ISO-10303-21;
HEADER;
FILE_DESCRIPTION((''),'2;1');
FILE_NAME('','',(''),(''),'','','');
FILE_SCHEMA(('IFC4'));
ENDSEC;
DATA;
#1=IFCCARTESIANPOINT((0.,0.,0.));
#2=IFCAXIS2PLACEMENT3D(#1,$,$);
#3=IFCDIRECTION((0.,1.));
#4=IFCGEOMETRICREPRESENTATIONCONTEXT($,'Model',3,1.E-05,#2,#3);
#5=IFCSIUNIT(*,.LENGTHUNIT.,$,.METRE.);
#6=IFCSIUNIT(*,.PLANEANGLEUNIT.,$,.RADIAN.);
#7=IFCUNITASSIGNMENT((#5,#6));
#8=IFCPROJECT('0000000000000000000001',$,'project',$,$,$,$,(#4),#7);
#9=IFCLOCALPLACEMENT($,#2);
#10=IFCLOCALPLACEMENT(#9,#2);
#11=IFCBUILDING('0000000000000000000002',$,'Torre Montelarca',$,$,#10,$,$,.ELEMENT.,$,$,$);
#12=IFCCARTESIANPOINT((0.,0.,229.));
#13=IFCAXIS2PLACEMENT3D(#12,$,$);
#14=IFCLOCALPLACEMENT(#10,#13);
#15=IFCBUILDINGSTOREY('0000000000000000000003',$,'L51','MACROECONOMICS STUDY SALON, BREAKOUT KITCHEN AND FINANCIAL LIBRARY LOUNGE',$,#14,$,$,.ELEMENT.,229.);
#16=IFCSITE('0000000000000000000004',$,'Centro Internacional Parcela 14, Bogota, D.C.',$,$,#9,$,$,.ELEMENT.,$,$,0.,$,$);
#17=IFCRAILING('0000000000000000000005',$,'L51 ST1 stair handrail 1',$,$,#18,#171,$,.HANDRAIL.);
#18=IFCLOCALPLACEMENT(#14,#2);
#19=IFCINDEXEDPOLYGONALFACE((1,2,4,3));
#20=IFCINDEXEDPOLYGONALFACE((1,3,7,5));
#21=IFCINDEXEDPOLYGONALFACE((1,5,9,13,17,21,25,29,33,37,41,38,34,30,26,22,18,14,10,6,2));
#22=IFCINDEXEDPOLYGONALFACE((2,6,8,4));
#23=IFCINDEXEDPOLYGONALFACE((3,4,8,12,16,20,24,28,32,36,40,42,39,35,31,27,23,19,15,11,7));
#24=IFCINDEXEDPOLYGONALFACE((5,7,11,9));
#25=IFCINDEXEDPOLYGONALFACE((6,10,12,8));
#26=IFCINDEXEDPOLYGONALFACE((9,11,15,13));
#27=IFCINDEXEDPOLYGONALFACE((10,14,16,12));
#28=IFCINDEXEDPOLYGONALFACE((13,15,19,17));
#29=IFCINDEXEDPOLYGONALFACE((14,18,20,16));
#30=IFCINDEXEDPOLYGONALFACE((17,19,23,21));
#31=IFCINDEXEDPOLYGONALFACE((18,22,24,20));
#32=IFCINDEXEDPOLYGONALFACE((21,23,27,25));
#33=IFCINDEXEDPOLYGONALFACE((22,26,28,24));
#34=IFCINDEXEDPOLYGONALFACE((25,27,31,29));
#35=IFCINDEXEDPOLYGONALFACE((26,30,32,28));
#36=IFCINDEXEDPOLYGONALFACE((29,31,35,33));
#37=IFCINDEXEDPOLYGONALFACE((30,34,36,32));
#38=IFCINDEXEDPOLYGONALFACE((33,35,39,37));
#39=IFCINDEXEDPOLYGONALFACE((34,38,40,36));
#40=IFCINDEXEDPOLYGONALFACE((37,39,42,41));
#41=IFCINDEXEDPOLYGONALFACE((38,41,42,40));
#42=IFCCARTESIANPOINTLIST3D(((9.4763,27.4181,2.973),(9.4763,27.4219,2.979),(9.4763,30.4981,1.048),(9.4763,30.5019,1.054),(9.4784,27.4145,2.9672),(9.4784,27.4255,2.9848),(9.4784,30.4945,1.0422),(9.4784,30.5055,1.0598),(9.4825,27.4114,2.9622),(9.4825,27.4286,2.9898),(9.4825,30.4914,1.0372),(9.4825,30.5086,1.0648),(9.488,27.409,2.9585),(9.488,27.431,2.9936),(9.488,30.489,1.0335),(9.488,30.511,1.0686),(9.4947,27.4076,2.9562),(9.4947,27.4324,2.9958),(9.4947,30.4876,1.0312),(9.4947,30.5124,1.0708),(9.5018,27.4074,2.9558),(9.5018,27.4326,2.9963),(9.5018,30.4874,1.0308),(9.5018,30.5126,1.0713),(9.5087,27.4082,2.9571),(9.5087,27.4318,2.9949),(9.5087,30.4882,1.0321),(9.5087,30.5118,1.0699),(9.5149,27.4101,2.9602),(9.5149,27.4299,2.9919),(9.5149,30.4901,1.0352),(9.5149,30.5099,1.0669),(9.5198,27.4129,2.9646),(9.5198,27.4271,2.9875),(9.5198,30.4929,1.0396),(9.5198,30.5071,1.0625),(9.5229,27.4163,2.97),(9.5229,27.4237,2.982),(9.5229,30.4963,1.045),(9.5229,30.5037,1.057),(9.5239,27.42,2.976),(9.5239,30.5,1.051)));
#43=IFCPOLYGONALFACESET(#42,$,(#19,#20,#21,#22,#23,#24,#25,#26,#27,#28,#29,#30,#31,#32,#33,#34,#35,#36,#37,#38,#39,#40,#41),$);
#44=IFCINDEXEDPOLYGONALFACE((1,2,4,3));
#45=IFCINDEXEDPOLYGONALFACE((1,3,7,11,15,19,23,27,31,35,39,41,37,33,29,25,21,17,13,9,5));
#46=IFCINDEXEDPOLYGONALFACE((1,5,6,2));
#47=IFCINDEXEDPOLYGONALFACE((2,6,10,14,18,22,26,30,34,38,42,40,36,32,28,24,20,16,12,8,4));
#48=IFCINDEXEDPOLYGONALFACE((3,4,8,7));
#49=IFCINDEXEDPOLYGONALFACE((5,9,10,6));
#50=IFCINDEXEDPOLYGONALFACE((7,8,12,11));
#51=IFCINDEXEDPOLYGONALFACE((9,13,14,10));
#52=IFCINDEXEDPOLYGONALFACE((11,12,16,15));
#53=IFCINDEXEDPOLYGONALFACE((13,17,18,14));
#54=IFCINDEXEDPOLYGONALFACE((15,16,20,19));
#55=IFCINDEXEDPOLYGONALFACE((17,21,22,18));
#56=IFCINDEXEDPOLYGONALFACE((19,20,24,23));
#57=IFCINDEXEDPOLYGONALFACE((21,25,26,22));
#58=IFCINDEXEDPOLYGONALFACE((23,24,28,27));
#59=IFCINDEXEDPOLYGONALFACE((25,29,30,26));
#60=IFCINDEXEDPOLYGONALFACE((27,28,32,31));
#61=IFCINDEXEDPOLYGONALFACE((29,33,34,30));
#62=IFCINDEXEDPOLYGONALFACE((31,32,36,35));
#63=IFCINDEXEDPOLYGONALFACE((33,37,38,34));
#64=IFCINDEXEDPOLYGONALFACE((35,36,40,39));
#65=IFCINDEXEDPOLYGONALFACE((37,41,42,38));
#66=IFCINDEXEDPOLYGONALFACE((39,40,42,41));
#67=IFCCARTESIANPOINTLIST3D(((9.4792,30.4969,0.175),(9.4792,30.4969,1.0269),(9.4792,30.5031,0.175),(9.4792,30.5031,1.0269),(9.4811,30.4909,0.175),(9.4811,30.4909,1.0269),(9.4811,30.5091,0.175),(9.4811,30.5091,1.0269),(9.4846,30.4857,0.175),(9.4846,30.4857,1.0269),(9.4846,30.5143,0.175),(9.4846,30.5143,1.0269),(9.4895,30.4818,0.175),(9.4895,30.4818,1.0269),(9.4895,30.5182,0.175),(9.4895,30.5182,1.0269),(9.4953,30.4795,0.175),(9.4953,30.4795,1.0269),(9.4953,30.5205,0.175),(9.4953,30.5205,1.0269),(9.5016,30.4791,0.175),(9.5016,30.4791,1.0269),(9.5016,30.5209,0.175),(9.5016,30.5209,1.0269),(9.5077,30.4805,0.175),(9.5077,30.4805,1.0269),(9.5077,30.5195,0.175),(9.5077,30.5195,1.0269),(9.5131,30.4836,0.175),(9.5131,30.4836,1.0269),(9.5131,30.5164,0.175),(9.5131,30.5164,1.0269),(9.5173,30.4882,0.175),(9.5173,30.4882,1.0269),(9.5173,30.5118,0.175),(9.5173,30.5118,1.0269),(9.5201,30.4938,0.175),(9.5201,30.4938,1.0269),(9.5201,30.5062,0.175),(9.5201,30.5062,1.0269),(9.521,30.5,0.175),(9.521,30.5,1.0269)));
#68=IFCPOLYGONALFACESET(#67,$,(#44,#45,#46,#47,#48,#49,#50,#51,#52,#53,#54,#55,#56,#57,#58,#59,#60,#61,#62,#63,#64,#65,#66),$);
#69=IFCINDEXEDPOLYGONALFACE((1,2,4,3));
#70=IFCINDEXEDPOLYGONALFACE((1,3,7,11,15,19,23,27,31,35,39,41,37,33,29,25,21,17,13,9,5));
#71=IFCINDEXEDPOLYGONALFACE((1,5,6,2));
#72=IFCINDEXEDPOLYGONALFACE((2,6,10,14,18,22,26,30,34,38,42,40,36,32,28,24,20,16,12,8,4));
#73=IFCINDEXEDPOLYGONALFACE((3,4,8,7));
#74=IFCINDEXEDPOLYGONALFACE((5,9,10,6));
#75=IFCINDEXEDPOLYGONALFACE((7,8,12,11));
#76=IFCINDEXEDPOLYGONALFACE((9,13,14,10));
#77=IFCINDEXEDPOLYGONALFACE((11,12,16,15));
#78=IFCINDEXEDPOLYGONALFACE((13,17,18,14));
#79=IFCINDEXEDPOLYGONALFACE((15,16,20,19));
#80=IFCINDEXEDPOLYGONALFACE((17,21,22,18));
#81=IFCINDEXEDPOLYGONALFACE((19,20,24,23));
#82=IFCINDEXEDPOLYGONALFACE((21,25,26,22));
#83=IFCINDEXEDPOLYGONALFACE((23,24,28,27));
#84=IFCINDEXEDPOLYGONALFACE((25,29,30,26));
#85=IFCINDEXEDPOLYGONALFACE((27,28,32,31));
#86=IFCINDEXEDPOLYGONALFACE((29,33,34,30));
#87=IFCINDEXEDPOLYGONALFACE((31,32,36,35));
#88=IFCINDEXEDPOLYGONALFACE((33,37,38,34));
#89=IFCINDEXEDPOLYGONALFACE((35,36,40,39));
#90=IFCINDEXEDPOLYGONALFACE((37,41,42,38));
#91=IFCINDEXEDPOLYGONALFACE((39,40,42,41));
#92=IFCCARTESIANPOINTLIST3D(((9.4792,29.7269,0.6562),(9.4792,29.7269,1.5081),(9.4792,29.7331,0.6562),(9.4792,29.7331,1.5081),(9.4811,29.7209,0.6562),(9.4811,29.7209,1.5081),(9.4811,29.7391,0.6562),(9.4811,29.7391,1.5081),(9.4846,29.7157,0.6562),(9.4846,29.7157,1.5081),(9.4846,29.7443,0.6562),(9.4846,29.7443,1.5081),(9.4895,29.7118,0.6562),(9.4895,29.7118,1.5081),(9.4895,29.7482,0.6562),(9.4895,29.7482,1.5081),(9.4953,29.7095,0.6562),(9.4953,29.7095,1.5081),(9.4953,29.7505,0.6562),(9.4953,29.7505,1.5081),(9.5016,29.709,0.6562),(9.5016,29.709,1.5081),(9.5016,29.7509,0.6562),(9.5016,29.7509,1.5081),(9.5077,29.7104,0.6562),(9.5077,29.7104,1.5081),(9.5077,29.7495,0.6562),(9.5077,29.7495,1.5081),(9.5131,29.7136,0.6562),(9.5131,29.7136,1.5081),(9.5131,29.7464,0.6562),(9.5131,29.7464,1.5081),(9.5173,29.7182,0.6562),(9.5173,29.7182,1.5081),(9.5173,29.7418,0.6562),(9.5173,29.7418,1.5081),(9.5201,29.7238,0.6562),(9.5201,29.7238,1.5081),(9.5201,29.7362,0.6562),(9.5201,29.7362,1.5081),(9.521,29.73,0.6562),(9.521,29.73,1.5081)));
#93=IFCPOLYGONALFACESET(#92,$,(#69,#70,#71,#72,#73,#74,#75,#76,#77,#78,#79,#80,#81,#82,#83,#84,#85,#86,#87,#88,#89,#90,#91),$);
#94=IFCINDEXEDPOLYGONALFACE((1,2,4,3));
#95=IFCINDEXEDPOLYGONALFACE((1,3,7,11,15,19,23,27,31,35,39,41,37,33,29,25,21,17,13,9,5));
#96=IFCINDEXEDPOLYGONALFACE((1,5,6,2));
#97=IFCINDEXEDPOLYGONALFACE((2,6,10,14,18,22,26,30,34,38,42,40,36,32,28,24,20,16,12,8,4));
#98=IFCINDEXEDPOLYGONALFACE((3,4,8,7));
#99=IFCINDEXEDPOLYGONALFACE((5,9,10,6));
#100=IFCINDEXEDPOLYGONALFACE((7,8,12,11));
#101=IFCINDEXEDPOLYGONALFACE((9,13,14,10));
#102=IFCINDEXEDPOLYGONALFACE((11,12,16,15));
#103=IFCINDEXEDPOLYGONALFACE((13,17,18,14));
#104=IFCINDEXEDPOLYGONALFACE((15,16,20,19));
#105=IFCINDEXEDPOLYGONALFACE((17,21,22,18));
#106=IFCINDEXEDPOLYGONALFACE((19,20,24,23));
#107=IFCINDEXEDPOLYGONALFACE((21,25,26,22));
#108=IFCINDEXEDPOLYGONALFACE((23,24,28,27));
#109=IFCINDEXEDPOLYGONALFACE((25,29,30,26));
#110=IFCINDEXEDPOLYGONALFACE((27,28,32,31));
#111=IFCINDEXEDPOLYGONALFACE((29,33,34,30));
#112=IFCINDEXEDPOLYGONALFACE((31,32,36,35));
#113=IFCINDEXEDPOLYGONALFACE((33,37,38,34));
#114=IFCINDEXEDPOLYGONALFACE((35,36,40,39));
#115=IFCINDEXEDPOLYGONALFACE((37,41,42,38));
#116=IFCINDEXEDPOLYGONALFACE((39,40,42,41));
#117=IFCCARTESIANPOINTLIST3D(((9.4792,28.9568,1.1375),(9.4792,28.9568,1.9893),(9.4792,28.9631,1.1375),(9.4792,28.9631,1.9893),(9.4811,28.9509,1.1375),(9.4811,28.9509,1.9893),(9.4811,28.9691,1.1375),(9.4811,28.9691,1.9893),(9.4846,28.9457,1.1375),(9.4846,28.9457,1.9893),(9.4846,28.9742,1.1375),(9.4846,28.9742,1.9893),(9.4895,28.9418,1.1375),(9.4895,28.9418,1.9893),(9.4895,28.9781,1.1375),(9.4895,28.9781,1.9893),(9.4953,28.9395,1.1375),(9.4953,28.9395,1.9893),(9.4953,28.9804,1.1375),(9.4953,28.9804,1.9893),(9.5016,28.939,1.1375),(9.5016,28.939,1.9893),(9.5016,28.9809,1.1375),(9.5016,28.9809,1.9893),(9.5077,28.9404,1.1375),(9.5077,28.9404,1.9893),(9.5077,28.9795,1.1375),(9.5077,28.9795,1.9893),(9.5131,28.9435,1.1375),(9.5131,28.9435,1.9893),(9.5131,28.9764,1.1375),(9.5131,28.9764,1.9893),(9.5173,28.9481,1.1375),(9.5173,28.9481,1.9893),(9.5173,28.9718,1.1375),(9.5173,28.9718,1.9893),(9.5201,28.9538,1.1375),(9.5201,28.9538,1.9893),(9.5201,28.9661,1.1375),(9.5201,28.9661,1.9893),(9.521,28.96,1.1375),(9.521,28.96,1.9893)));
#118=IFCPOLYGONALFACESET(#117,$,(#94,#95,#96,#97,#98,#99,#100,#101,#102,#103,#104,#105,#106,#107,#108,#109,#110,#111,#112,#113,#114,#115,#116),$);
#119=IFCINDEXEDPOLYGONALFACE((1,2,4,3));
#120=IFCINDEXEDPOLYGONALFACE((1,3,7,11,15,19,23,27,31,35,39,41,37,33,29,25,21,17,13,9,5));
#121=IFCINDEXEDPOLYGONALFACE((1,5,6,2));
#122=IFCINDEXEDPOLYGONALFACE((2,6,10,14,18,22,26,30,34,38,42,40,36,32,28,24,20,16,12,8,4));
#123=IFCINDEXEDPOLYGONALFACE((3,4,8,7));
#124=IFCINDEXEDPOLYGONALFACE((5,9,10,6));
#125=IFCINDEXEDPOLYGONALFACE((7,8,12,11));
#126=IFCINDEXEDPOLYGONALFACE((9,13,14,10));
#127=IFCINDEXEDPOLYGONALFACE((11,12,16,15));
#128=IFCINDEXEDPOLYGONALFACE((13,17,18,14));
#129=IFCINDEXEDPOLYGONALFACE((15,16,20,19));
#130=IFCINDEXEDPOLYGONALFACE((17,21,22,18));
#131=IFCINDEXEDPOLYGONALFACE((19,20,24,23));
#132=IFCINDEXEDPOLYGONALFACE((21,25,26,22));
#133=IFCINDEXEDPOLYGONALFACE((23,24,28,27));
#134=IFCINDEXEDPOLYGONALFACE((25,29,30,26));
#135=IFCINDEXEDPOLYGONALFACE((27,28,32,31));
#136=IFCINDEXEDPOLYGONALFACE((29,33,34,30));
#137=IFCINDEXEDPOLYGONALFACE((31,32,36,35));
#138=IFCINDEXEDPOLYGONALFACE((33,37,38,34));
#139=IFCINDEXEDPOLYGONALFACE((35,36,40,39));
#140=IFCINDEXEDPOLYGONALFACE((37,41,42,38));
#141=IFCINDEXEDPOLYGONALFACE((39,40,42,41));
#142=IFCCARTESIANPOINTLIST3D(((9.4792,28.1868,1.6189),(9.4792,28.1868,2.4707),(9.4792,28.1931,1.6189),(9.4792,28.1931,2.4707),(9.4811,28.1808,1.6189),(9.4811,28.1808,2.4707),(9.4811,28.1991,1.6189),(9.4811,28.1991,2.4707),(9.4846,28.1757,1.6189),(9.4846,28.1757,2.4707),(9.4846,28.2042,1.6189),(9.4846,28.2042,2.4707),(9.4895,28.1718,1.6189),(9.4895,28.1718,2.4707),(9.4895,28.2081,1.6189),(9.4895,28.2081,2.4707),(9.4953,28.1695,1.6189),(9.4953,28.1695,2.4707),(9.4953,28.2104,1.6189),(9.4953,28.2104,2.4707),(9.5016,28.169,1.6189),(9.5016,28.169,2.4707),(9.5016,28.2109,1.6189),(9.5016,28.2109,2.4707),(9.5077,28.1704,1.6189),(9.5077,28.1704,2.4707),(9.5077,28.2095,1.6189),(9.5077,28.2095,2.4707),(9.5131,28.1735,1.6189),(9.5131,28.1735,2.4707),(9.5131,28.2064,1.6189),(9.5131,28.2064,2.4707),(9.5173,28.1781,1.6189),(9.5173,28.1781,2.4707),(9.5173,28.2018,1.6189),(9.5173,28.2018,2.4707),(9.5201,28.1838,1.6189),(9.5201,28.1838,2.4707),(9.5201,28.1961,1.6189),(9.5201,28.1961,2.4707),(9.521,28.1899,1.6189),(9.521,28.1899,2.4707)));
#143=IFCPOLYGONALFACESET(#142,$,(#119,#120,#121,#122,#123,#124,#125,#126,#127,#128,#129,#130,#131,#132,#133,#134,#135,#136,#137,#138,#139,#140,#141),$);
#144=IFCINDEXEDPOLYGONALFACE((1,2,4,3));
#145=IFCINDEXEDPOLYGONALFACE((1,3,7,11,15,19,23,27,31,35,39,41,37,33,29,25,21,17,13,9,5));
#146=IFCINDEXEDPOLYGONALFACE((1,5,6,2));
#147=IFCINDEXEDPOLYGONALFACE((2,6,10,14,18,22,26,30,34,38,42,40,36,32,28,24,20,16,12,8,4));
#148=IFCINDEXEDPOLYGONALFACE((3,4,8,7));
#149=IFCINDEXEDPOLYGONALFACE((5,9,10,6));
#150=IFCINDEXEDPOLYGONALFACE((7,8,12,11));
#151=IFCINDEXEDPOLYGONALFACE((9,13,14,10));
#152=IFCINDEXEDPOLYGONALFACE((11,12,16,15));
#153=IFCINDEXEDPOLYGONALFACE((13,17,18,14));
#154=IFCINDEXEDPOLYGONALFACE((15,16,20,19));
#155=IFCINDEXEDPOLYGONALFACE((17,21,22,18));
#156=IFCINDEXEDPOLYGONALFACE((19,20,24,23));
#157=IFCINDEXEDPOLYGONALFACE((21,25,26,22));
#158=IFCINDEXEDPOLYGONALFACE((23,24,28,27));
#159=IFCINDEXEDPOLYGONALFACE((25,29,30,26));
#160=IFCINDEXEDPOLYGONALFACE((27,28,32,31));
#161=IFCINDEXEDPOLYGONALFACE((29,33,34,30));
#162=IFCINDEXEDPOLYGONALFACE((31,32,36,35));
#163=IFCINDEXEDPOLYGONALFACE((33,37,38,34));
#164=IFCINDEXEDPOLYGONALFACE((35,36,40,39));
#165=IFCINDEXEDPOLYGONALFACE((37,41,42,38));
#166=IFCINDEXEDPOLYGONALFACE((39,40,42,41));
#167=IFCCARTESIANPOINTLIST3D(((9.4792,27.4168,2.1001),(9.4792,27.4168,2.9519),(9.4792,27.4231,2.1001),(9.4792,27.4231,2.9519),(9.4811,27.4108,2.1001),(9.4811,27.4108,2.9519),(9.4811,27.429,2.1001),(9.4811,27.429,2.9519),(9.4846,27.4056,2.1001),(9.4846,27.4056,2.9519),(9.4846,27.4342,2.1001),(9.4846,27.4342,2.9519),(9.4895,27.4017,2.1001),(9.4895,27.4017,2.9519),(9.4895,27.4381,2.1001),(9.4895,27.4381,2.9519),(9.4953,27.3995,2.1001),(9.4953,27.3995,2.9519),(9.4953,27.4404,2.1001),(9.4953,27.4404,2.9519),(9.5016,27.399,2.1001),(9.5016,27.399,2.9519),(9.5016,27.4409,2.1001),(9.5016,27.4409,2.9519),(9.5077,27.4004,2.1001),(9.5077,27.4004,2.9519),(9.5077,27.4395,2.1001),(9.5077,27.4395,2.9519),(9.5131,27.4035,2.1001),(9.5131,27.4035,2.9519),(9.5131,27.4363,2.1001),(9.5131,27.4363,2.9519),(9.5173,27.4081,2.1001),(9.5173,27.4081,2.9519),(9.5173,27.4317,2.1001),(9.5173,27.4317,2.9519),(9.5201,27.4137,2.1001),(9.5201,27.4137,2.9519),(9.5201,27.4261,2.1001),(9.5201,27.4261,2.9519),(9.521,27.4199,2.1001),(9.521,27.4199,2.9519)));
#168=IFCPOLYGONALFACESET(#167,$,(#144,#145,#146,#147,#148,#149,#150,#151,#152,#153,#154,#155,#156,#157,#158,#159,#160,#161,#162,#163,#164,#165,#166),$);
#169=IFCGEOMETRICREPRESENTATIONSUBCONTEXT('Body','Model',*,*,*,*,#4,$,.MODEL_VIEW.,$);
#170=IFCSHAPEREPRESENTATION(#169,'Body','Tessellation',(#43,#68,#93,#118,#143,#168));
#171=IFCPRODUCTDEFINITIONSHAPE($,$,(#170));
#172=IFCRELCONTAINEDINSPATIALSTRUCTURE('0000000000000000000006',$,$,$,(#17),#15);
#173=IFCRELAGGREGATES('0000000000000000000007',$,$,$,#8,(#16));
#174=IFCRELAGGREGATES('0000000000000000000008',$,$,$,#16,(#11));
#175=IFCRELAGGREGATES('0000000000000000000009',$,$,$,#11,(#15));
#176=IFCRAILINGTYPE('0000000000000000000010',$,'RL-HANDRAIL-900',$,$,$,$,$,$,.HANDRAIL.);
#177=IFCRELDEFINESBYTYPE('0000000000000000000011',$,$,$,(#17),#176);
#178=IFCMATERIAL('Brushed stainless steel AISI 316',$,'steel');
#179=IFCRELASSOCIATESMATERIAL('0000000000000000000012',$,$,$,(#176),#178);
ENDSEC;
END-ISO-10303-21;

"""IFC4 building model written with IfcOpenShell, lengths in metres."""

from ifc_helpers import new_model, si_unit, direction, frame, origin, origin_2d, place, context, subcontext, project, spatial, circle, extrude, material, type_object, element, save


model = new_model("IFC4")

# Units and contexts
model_context = context("Model", 3, precision=1e-05, world=origin(), true_north=direction((0.0, 1.0)))
body_context = subcontext(model_context, "Body", "Model", "MODEL_VIEW")
ifc_project = project(units=[si_unit("LENGTHUNIT", "METRE"), si_unit("PLANEANGLEUNIT", "RADIAN")], contexts=[model_context])

# Site, building, storey
site_placement = place(None, origin())
site = spatial("IfcSite", under=ifc_project, at=site_placement, Name="Centro Internacional Parcela 14, Bogota, D.C.", CompositionType="ELEMENT", RefElevation=0.0)
building_placement = place(site_placement, origin())
building = spatial("IfcBuilding", under=site, at=building_placement, Name="Torre Montelarca", CompositionType="ELEMENT")
storey_placement = place(building_placement, frame((0.0, 0.0, 229.0)))
storey = spatial("IfcBuildingStorey", under=building, at=storey_placement, Name="L51", Description="MACROECONOMICS STUDY SALON, BREAKOUT KITCHEN AND FINANCIAL LIBRARY LOUNGE", CompositionType="ELEMENT", Elevation=229.0)

# Railing
ifc_material_1 = material(Name="Brushed stainless steel AISI 316", Category="steel")
railing_type_1 = type_object("IfcRailingType", Name="RL-HANDRAIL-900", PredefinedType="HANDRAIL", material=ifc_material_1)
railing_1_placement = place(storey_placement, frame((9.5, 30.5, 0.175)))
element("IfcRailing", 1, at=railing_1_placement, inside=storey, type_object=railing_type_1, Name="L51 ST1 stair handrail 1", PredefinedType="HANDRAIL", context=body_context, shape_type="SweptSolid", body=[
    extrude(circle(Radius=0.0239, at=origin_2d()), frame((0.0, 0.0, 0.876), z_axis=(0.0, -0.847998, 0.529999), x_axis=(1.0, 0.0, 0.0)), (0.0, 0.0, 1.0), 3.6321),
    extrude(circle(Radius=0.021, at=origin_2d()), origin(), (0.0, 0.0, 1.0), 0.8518),
    extrude(circle(Radius=0.021, at=origin_2d()), frame((0.0, -0.77, 0.4812)), (0.0, 0.0, 1.0), 0.8518),
    extrude(circle(Radius=0.021, at=origin_2d()), frame((0.0, -1.54, 0.9624)), (0.0, 0.0, 1.0), 0.8518),
    extrude(circle(Radius=0.021, at=origin_2d()), frame((0.0, -2.3101, 1.4438)), (0.0, 0.0, 1.0), 0.8518),
    extrude(circle(Radius=0.021, at=origin_2d()), frame((0.0, -3.0801, 1.925)), (0.0, 0.0, 1.0), 0.8518),
])

save(model, "model.ifc")
